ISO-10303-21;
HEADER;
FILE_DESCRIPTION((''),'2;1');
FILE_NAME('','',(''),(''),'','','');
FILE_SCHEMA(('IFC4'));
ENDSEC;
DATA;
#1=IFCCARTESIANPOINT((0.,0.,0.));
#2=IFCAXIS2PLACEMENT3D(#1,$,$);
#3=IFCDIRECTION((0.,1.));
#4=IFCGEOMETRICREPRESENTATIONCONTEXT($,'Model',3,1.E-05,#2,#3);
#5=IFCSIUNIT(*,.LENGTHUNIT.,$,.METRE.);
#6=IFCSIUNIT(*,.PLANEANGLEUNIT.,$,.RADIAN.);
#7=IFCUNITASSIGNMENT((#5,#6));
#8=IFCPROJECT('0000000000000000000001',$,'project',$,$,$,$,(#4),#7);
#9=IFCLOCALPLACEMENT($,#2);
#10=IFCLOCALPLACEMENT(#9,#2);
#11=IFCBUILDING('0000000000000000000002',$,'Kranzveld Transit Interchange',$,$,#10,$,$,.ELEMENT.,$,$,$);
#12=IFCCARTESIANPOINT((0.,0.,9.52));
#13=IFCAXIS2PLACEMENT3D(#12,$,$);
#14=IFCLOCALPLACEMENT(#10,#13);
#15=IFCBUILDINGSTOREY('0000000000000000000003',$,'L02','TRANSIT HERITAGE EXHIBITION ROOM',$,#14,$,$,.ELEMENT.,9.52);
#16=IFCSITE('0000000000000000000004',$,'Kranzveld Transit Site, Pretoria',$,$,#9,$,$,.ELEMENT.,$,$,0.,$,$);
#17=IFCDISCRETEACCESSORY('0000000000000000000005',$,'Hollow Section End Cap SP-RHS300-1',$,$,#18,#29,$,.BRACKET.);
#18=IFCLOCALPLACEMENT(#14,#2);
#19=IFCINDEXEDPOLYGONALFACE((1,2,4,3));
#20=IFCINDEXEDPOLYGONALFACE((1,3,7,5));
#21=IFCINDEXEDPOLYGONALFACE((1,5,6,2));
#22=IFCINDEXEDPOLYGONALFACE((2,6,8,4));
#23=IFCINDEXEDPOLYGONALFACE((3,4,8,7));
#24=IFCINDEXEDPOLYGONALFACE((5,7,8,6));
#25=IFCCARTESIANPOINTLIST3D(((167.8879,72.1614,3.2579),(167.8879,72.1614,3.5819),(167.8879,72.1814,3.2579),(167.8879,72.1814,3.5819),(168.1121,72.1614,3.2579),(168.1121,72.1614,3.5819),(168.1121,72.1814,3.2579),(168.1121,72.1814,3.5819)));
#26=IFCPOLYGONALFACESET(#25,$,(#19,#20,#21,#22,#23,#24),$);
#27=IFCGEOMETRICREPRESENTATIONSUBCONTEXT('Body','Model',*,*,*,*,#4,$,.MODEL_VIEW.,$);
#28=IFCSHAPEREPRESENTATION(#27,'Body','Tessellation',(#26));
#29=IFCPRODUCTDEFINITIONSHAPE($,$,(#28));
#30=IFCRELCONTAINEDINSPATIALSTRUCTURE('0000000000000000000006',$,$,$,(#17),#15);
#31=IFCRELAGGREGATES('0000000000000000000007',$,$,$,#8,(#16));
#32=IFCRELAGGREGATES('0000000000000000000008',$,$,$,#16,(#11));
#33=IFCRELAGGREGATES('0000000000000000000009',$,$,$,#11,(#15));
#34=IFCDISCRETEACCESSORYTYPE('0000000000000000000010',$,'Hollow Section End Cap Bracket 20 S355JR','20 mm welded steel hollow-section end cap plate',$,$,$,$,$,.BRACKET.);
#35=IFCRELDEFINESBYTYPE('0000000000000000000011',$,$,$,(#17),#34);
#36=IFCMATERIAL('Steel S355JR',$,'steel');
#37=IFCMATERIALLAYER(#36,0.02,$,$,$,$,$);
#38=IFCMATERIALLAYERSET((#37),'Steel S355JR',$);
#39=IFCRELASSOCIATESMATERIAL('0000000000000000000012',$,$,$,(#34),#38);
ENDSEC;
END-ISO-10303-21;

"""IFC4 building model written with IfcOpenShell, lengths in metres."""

from ifc_helpers import new_model, si_unit, direction, frame, origin, origin_2d, place, context, subcontext, project, spatial, rectangle, extrude, material, layer, layer_set, type_object, element, save


model = new_model("IFC4")

# Units and contexts
model_context = context("Model", 3, precision=1e-05, world=origin(), true_north=direction((0.0, 1.0)))
body_context = subcontext(model_context, "Body", "Model", "MODEL_VIEW")
ifc_project = project(units=[si_unit("LENGTHUNIT", "METRE"), si_unit("PLANEANGLEUNIT", "RADIAN")], contexts=[model_context])

# Site, building, storey
site_placement = place(None, origin())
site = spatial("IfcSite", under=ifc_project, at=site_placement, Name="Kranzveld Transit Site, Pretoria", CompositionType="ELEMENT", RefElevation=0.0)
building_placement = place(site_placement, origin())
building = spatial("IfcBuilding", under=site, at=building_placement, Name="Kranzveld Transit Interchange", CompositionType="ELEMENT")
storey_placement = place(building_placement, frame((0.0, 0.0, 9.52)))
storey = spatial("IfcBuildingStorey", under=building, at=storey_placement, Name="L02", Description="TRANSIT HERITAGE EXHIBITION ROOM", CompositionType="ELEMENT", Elevation=9.52)

# Discrete accessory
ifc_material_1 = material(Name="Steel S355JR", Category="steel")
ifc_layer_1 = layer(ifc_material_1, 0.02)
ifc_layer_set_1 = layer_set([ifc_layer_1], Name="Steel S355JR")
discrete_accessory_type = type_object("IfcDiscreteAccessoryType", Name="Hollow Section End Cap Bracket 20 S355JR", Description="20 mm welded steel hollow-section end cap plate", PredefinedType="BRACKET", material=ifc_layer_set_1)
for number, where, z_axis, x_axis, name in (
    (1, (168.0, 72.1814, 3.4199), (0.0, -1.0, 0.0), (1.0, 0.0, 0.0), "Hollow Section End Cap SP-RHS300-1"),
):
    element("IfcDiscreteAccessory", number, at=place(storey_placement, frame(where, z_axis=z_axis, x_axis=x_axis)), inside=storey, type_object=discrete_accessory_type, Name=name, PredefinedType="BRACKET", context=body_context, shape_type="SweptSolid", body=[
        extrude(rectangle(XDim=0.2241, YDim=0.324, at=origin_2d()), origin(), (0.0, 0.0, 1.0), 0.02),
    ])

save(model, "model.ifc")
